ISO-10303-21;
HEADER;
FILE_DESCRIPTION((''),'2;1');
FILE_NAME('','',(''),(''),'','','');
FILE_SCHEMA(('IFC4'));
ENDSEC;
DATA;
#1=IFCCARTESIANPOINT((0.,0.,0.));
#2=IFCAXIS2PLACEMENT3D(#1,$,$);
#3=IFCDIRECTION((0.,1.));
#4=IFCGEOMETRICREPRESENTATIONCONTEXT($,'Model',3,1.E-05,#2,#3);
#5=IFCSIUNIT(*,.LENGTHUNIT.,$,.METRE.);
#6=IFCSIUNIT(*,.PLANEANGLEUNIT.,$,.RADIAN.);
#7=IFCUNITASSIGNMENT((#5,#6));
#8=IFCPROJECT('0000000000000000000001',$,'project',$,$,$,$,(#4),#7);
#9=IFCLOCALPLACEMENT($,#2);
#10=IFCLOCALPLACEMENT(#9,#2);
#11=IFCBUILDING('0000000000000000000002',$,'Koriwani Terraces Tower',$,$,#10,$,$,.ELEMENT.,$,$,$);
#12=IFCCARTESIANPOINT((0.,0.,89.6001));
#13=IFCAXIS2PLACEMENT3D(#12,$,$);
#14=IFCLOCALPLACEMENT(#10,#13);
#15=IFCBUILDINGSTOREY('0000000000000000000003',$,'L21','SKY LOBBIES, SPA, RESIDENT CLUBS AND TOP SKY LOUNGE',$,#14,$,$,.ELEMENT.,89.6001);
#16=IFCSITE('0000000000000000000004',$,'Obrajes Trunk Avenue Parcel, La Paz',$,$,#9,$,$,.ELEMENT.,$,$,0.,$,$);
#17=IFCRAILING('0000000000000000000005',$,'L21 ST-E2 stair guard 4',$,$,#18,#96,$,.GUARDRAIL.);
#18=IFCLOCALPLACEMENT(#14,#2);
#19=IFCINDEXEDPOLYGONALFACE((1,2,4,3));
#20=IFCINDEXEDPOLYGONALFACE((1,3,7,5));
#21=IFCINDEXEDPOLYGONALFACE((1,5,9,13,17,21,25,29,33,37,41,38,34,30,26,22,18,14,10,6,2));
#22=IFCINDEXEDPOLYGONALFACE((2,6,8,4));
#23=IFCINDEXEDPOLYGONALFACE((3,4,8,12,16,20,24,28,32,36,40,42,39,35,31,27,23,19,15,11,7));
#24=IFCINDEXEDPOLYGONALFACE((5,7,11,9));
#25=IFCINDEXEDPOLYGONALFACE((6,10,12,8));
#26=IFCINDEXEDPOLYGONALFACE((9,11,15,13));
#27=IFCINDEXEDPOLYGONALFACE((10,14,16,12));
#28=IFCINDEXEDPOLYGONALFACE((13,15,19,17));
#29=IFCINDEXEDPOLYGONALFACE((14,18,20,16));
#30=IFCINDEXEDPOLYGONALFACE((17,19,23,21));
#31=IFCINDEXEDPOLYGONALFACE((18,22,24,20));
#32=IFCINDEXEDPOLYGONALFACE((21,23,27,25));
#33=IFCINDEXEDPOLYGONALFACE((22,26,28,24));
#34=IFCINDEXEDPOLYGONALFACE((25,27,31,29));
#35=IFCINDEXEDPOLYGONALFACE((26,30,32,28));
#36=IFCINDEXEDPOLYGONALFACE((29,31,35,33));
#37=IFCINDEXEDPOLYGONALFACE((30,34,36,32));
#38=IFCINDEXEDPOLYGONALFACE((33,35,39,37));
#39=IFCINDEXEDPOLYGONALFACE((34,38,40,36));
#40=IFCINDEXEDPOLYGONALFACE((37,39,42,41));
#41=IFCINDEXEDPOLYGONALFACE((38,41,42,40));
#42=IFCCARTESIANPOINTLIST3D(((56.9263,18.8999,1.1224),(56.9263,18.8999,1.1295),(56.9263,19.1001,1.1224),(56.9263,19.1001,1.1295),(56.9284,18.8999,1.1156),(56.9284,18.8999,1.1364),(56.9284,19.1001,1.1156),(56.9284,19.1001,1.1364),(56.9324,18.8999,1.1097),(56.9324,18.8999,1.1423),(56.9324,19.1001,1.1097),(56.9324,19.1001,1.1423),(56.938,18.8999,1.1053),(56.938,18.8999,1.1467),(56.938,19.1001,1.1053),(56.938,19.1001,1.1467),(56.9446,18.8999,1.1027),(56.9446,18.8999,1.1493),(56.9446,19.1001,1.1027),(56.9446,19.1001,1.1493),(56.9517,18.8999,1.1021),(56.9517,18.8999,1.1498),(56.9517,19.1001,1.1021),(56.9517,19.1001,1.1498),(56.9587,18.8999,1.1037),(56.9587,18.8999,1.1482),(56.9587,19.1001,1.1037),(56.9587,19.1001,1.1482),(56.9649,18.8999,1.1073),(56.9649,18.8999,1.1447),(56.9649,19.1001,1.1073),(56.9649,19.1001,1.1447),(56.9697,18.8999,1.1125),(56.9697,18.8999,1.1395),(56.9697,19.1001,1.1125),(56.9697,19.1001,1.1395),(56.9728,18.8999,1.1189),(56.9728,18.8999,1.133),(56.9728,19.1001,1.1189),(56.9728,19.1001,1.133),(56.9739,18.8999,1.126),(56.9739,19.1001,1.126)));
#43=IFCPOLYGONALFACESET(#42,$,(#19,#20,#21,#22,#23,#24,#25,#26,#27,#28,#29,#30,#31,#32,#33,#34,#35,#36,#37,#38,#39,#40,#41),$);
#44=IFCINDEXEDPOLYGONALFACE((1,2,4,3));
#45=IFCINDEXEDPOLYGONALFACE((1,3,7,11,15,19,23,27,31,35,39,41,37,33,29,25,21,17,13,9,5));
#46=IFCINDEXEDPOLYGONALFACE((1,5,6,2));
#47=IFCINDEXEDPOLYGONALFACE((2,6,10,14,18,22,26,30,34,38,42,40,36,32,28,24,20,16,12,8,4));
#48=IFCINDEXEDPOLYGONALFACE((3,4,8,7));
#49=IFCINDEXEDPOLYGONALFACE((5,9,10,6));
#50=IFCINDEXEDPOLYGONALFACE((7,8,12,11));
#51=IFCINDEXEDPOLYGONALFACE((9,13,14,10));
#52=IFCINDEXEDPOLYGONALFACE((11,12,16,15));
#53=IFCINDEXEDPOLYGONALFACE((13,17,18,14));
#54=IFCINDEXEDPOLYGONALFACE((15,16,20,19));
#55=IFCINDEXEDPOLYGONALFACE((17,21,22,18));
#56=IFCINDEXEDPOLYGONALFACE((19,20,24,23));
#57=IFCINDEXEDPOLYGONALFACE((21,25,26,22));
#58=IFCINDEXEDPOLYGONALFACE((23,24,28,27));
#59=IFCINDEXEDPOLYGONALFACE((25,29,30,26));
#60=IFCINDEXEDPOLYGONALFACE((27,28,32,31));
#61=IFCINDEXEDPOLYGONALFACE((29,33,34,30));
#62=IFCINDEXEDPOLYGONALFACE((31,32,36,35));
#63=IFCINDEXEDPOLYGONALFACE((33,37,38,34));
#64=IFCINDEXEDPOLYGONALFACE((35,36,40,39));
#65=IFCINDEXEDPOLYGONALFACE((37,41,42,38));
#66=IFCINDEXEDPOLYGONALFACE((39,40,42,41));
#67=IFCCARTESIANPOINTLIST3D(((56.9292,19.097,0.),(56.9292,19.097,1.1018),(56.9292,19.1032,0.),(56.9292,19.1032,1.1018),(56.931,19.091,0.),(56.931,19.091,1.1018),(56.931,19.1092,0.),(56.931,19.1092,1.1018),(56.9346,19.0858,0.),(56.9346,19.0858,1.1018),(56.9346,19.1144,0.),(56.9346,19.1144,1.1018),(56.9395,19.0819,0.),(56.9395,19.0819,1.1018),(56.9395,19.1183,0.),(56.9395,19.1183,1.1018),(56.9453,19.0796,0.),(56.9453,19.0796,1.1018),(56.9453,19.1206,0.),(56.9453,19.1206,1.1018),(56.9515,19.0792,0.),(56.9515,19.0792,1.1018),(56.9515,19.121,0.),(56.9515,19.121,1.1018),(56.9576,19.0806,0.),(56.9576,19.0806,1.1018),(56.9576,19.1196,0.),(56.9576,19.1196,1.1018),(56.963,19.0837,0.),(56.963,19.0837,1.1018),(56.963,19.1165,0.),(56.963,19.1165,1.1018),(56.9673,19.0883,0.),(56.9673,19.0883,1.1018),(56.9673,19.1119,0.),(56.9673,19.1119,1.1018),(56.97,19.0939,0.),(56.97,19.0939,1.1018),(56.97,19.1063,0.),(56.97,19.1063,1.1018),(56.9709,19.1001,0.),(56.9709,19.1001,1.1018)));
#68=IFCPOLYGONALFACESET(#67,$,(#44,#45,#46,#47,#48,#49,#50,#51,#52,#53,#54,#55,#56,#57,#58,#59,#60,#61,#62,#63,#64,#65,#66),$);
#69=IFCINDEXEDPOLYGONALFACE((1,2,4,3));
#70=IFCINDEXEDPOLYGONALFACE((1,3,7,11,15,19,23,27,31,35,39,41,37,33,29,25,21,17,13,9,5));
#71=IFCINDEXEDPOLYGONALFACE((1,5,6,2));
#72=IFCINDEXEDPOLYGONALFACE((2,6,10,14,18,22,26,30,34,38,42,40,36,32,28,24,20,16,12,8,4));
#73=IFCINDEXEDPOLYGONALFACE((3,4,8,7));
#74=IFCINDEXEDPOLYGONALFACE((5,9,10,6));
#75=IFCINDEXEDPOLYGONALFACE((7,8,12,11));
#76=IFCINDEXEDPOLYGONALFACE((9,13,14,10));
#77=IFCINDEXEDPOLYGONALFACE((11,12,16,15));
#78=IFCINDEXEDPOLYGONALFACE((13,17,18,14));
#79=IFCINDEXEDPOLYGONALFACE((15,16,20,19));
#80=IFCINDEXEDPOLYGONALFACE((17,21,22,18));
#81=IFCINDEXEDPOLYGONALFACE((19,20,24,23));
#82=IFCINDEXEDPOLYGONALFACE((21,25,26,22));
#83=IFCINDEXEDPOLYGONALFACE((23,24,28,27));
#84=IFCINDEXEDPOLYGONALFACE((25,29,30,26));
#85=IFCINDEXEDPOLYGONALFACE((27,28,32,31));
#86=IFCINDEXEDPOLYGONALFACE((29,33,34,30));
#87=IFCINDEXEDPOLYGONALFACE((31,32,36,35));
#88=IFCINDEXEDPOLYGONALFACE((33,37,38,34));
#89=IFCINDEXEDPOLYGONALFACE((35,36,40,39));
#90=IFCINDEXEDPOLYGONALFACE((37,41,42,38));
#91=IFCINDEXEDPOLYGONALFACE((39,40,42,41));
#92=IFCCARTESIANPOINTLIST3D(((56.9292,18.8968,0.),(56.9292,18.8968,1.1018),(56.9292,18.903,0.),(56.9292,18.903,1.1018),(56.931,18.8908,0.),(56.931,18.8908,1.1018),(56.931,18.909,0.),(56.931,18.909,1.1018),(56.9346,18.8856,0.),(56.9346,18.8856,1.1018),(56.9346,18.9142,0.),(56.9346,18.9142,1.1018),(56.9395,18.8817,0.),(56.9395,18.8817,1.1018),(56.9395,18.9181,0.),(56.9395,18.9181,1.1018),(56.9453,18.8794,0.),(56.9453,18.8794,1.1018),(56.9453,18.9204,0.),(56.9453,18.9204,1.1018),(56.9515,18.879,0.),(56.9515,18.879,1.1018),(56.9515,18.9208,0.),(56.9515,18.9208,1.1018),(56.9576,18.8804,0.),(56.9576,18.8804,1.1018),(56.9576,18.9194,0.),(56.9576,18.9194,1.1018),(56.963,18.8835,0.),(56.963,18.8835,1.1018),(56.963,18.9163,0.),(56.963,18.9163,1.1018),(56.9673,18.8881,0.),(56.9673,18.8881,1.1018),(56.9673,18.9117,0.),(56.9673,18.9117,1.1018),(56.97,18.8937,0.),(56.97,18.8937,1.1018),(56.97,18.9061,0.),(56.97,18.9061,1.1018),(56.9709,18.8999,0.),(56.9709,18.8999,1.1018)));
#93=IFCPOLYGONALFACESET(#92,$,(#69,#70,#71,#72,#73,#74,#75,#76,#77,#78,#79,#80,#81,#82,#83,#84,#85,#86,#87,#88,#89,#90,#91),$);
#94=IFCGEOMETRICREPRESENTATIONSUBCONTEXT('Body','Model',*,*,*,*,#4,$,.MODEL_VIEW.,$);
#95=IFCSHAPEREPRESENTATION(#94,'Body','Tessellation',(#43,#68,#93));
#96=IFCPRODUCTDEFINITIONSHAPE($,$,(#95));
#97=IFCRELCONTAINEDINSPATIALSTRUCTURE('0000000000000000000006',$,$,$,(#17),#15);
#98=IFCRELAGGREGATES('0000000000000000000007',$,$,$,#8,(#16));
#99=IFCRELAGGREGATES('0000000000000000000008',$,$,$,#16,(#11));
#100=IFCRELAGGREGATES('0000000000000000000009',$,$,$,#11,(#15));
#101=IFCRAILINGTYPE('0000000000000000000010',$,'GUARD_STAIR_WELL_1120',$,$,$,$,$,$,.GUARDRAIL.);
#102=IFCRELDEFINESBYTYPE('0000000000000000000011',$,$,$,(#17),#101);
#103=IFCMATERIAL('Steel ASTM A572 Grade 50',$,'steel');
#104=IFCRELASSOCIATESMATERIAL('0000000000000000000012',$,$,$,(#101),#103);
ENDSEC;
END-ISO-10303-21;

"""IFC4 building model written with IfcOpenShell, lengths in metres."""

from ifc_helpers import new_model, si_unit, direction, frame, origin, origin_2d, place, context, subcontext, project, spatial, circle, extrude, material, type_object, element, save


model = new_model("IFC4")

# Units and contexts
model_context = context("Model", 3, precision=1e-05, world=origin(), true_north=direction((0.0, 1.0)))
body_context = subcontext(model_context, "Body", "Model", "MODEL_VIEW")
ifc_project = project(units=[si_unit("LENGTHUNIT", "METRE"), si_unit("PLANEANGLEUNIT", "RADIAN")], contexts=[model_context])

# Site, building, storey
site_placement = place(None, origin())
site = spatial("IfcSite", under=ifc_project, at=site_placement, Name="Obrajes Trunk Avenue Parcel, La Paz", CompositionType="ELEMENT", RefElevation=0.0)
building_placement = place(site_placement, origin())
building = spatial("IfcBuilding", under=site, at=building_placement, Name="Koriwani Terraces Tower", CompositionType="ELEMENT")
storey_placement = place(building_placement, frame((0.0, 0.0, 89.6001)))
storey = spatial("IfcBuildingStorey", under=building, at=storey_placement, Name="L21", Description="SKY LOBBIES, SPA, RESIDENT CLUBS AND TOP SKY LOUNGE", CompositionType="ELEMENT", Elevation=89.6001)

# Shared definitions
ifc_material_1 = material(Name="Steel ASTM A572 Grade 50", Category="steel")

# Railing
railing_type_1 = type_object("IfcRailingType", Name="GUARD_STAIR_WELL_1120", PredefinedType="GUARDRAIL", material=ifc_material_1)
railing_1_placement = place(storey_placement, frame((56.95, 19.1001, 0.0)))
element("IfcRailing", 1, at=railing_1_placement, inside=storey, type_object=railing_type_1, Name="L21 ST-E2 stair guard 4", PredefinedType="GUARDRAIL", context=body_context, shape_type="SweptSolid", body=[
    extrude(circle(Radius=0.0239, at=origin_2d()), frame((0.0, 0.0, 1.126), z_axis=(0.0, -1.0, 0.0), x_axis=(1.0, 0.0, 0.0)), (0.0, 0.0, 1.0), 0.2002),
    extrude(circle(Radius=0.021, at=origin_2d()), origin(), (0.0, 0.0, 1.0), 1.1018),
    extrude(circle(Radius=0.021, at=origin_2d()), frame((0.0, -0.2002, 0.0)), (0.0, 0.0, 1.0), 1.1018),
])

save(model, "model.ifc")
